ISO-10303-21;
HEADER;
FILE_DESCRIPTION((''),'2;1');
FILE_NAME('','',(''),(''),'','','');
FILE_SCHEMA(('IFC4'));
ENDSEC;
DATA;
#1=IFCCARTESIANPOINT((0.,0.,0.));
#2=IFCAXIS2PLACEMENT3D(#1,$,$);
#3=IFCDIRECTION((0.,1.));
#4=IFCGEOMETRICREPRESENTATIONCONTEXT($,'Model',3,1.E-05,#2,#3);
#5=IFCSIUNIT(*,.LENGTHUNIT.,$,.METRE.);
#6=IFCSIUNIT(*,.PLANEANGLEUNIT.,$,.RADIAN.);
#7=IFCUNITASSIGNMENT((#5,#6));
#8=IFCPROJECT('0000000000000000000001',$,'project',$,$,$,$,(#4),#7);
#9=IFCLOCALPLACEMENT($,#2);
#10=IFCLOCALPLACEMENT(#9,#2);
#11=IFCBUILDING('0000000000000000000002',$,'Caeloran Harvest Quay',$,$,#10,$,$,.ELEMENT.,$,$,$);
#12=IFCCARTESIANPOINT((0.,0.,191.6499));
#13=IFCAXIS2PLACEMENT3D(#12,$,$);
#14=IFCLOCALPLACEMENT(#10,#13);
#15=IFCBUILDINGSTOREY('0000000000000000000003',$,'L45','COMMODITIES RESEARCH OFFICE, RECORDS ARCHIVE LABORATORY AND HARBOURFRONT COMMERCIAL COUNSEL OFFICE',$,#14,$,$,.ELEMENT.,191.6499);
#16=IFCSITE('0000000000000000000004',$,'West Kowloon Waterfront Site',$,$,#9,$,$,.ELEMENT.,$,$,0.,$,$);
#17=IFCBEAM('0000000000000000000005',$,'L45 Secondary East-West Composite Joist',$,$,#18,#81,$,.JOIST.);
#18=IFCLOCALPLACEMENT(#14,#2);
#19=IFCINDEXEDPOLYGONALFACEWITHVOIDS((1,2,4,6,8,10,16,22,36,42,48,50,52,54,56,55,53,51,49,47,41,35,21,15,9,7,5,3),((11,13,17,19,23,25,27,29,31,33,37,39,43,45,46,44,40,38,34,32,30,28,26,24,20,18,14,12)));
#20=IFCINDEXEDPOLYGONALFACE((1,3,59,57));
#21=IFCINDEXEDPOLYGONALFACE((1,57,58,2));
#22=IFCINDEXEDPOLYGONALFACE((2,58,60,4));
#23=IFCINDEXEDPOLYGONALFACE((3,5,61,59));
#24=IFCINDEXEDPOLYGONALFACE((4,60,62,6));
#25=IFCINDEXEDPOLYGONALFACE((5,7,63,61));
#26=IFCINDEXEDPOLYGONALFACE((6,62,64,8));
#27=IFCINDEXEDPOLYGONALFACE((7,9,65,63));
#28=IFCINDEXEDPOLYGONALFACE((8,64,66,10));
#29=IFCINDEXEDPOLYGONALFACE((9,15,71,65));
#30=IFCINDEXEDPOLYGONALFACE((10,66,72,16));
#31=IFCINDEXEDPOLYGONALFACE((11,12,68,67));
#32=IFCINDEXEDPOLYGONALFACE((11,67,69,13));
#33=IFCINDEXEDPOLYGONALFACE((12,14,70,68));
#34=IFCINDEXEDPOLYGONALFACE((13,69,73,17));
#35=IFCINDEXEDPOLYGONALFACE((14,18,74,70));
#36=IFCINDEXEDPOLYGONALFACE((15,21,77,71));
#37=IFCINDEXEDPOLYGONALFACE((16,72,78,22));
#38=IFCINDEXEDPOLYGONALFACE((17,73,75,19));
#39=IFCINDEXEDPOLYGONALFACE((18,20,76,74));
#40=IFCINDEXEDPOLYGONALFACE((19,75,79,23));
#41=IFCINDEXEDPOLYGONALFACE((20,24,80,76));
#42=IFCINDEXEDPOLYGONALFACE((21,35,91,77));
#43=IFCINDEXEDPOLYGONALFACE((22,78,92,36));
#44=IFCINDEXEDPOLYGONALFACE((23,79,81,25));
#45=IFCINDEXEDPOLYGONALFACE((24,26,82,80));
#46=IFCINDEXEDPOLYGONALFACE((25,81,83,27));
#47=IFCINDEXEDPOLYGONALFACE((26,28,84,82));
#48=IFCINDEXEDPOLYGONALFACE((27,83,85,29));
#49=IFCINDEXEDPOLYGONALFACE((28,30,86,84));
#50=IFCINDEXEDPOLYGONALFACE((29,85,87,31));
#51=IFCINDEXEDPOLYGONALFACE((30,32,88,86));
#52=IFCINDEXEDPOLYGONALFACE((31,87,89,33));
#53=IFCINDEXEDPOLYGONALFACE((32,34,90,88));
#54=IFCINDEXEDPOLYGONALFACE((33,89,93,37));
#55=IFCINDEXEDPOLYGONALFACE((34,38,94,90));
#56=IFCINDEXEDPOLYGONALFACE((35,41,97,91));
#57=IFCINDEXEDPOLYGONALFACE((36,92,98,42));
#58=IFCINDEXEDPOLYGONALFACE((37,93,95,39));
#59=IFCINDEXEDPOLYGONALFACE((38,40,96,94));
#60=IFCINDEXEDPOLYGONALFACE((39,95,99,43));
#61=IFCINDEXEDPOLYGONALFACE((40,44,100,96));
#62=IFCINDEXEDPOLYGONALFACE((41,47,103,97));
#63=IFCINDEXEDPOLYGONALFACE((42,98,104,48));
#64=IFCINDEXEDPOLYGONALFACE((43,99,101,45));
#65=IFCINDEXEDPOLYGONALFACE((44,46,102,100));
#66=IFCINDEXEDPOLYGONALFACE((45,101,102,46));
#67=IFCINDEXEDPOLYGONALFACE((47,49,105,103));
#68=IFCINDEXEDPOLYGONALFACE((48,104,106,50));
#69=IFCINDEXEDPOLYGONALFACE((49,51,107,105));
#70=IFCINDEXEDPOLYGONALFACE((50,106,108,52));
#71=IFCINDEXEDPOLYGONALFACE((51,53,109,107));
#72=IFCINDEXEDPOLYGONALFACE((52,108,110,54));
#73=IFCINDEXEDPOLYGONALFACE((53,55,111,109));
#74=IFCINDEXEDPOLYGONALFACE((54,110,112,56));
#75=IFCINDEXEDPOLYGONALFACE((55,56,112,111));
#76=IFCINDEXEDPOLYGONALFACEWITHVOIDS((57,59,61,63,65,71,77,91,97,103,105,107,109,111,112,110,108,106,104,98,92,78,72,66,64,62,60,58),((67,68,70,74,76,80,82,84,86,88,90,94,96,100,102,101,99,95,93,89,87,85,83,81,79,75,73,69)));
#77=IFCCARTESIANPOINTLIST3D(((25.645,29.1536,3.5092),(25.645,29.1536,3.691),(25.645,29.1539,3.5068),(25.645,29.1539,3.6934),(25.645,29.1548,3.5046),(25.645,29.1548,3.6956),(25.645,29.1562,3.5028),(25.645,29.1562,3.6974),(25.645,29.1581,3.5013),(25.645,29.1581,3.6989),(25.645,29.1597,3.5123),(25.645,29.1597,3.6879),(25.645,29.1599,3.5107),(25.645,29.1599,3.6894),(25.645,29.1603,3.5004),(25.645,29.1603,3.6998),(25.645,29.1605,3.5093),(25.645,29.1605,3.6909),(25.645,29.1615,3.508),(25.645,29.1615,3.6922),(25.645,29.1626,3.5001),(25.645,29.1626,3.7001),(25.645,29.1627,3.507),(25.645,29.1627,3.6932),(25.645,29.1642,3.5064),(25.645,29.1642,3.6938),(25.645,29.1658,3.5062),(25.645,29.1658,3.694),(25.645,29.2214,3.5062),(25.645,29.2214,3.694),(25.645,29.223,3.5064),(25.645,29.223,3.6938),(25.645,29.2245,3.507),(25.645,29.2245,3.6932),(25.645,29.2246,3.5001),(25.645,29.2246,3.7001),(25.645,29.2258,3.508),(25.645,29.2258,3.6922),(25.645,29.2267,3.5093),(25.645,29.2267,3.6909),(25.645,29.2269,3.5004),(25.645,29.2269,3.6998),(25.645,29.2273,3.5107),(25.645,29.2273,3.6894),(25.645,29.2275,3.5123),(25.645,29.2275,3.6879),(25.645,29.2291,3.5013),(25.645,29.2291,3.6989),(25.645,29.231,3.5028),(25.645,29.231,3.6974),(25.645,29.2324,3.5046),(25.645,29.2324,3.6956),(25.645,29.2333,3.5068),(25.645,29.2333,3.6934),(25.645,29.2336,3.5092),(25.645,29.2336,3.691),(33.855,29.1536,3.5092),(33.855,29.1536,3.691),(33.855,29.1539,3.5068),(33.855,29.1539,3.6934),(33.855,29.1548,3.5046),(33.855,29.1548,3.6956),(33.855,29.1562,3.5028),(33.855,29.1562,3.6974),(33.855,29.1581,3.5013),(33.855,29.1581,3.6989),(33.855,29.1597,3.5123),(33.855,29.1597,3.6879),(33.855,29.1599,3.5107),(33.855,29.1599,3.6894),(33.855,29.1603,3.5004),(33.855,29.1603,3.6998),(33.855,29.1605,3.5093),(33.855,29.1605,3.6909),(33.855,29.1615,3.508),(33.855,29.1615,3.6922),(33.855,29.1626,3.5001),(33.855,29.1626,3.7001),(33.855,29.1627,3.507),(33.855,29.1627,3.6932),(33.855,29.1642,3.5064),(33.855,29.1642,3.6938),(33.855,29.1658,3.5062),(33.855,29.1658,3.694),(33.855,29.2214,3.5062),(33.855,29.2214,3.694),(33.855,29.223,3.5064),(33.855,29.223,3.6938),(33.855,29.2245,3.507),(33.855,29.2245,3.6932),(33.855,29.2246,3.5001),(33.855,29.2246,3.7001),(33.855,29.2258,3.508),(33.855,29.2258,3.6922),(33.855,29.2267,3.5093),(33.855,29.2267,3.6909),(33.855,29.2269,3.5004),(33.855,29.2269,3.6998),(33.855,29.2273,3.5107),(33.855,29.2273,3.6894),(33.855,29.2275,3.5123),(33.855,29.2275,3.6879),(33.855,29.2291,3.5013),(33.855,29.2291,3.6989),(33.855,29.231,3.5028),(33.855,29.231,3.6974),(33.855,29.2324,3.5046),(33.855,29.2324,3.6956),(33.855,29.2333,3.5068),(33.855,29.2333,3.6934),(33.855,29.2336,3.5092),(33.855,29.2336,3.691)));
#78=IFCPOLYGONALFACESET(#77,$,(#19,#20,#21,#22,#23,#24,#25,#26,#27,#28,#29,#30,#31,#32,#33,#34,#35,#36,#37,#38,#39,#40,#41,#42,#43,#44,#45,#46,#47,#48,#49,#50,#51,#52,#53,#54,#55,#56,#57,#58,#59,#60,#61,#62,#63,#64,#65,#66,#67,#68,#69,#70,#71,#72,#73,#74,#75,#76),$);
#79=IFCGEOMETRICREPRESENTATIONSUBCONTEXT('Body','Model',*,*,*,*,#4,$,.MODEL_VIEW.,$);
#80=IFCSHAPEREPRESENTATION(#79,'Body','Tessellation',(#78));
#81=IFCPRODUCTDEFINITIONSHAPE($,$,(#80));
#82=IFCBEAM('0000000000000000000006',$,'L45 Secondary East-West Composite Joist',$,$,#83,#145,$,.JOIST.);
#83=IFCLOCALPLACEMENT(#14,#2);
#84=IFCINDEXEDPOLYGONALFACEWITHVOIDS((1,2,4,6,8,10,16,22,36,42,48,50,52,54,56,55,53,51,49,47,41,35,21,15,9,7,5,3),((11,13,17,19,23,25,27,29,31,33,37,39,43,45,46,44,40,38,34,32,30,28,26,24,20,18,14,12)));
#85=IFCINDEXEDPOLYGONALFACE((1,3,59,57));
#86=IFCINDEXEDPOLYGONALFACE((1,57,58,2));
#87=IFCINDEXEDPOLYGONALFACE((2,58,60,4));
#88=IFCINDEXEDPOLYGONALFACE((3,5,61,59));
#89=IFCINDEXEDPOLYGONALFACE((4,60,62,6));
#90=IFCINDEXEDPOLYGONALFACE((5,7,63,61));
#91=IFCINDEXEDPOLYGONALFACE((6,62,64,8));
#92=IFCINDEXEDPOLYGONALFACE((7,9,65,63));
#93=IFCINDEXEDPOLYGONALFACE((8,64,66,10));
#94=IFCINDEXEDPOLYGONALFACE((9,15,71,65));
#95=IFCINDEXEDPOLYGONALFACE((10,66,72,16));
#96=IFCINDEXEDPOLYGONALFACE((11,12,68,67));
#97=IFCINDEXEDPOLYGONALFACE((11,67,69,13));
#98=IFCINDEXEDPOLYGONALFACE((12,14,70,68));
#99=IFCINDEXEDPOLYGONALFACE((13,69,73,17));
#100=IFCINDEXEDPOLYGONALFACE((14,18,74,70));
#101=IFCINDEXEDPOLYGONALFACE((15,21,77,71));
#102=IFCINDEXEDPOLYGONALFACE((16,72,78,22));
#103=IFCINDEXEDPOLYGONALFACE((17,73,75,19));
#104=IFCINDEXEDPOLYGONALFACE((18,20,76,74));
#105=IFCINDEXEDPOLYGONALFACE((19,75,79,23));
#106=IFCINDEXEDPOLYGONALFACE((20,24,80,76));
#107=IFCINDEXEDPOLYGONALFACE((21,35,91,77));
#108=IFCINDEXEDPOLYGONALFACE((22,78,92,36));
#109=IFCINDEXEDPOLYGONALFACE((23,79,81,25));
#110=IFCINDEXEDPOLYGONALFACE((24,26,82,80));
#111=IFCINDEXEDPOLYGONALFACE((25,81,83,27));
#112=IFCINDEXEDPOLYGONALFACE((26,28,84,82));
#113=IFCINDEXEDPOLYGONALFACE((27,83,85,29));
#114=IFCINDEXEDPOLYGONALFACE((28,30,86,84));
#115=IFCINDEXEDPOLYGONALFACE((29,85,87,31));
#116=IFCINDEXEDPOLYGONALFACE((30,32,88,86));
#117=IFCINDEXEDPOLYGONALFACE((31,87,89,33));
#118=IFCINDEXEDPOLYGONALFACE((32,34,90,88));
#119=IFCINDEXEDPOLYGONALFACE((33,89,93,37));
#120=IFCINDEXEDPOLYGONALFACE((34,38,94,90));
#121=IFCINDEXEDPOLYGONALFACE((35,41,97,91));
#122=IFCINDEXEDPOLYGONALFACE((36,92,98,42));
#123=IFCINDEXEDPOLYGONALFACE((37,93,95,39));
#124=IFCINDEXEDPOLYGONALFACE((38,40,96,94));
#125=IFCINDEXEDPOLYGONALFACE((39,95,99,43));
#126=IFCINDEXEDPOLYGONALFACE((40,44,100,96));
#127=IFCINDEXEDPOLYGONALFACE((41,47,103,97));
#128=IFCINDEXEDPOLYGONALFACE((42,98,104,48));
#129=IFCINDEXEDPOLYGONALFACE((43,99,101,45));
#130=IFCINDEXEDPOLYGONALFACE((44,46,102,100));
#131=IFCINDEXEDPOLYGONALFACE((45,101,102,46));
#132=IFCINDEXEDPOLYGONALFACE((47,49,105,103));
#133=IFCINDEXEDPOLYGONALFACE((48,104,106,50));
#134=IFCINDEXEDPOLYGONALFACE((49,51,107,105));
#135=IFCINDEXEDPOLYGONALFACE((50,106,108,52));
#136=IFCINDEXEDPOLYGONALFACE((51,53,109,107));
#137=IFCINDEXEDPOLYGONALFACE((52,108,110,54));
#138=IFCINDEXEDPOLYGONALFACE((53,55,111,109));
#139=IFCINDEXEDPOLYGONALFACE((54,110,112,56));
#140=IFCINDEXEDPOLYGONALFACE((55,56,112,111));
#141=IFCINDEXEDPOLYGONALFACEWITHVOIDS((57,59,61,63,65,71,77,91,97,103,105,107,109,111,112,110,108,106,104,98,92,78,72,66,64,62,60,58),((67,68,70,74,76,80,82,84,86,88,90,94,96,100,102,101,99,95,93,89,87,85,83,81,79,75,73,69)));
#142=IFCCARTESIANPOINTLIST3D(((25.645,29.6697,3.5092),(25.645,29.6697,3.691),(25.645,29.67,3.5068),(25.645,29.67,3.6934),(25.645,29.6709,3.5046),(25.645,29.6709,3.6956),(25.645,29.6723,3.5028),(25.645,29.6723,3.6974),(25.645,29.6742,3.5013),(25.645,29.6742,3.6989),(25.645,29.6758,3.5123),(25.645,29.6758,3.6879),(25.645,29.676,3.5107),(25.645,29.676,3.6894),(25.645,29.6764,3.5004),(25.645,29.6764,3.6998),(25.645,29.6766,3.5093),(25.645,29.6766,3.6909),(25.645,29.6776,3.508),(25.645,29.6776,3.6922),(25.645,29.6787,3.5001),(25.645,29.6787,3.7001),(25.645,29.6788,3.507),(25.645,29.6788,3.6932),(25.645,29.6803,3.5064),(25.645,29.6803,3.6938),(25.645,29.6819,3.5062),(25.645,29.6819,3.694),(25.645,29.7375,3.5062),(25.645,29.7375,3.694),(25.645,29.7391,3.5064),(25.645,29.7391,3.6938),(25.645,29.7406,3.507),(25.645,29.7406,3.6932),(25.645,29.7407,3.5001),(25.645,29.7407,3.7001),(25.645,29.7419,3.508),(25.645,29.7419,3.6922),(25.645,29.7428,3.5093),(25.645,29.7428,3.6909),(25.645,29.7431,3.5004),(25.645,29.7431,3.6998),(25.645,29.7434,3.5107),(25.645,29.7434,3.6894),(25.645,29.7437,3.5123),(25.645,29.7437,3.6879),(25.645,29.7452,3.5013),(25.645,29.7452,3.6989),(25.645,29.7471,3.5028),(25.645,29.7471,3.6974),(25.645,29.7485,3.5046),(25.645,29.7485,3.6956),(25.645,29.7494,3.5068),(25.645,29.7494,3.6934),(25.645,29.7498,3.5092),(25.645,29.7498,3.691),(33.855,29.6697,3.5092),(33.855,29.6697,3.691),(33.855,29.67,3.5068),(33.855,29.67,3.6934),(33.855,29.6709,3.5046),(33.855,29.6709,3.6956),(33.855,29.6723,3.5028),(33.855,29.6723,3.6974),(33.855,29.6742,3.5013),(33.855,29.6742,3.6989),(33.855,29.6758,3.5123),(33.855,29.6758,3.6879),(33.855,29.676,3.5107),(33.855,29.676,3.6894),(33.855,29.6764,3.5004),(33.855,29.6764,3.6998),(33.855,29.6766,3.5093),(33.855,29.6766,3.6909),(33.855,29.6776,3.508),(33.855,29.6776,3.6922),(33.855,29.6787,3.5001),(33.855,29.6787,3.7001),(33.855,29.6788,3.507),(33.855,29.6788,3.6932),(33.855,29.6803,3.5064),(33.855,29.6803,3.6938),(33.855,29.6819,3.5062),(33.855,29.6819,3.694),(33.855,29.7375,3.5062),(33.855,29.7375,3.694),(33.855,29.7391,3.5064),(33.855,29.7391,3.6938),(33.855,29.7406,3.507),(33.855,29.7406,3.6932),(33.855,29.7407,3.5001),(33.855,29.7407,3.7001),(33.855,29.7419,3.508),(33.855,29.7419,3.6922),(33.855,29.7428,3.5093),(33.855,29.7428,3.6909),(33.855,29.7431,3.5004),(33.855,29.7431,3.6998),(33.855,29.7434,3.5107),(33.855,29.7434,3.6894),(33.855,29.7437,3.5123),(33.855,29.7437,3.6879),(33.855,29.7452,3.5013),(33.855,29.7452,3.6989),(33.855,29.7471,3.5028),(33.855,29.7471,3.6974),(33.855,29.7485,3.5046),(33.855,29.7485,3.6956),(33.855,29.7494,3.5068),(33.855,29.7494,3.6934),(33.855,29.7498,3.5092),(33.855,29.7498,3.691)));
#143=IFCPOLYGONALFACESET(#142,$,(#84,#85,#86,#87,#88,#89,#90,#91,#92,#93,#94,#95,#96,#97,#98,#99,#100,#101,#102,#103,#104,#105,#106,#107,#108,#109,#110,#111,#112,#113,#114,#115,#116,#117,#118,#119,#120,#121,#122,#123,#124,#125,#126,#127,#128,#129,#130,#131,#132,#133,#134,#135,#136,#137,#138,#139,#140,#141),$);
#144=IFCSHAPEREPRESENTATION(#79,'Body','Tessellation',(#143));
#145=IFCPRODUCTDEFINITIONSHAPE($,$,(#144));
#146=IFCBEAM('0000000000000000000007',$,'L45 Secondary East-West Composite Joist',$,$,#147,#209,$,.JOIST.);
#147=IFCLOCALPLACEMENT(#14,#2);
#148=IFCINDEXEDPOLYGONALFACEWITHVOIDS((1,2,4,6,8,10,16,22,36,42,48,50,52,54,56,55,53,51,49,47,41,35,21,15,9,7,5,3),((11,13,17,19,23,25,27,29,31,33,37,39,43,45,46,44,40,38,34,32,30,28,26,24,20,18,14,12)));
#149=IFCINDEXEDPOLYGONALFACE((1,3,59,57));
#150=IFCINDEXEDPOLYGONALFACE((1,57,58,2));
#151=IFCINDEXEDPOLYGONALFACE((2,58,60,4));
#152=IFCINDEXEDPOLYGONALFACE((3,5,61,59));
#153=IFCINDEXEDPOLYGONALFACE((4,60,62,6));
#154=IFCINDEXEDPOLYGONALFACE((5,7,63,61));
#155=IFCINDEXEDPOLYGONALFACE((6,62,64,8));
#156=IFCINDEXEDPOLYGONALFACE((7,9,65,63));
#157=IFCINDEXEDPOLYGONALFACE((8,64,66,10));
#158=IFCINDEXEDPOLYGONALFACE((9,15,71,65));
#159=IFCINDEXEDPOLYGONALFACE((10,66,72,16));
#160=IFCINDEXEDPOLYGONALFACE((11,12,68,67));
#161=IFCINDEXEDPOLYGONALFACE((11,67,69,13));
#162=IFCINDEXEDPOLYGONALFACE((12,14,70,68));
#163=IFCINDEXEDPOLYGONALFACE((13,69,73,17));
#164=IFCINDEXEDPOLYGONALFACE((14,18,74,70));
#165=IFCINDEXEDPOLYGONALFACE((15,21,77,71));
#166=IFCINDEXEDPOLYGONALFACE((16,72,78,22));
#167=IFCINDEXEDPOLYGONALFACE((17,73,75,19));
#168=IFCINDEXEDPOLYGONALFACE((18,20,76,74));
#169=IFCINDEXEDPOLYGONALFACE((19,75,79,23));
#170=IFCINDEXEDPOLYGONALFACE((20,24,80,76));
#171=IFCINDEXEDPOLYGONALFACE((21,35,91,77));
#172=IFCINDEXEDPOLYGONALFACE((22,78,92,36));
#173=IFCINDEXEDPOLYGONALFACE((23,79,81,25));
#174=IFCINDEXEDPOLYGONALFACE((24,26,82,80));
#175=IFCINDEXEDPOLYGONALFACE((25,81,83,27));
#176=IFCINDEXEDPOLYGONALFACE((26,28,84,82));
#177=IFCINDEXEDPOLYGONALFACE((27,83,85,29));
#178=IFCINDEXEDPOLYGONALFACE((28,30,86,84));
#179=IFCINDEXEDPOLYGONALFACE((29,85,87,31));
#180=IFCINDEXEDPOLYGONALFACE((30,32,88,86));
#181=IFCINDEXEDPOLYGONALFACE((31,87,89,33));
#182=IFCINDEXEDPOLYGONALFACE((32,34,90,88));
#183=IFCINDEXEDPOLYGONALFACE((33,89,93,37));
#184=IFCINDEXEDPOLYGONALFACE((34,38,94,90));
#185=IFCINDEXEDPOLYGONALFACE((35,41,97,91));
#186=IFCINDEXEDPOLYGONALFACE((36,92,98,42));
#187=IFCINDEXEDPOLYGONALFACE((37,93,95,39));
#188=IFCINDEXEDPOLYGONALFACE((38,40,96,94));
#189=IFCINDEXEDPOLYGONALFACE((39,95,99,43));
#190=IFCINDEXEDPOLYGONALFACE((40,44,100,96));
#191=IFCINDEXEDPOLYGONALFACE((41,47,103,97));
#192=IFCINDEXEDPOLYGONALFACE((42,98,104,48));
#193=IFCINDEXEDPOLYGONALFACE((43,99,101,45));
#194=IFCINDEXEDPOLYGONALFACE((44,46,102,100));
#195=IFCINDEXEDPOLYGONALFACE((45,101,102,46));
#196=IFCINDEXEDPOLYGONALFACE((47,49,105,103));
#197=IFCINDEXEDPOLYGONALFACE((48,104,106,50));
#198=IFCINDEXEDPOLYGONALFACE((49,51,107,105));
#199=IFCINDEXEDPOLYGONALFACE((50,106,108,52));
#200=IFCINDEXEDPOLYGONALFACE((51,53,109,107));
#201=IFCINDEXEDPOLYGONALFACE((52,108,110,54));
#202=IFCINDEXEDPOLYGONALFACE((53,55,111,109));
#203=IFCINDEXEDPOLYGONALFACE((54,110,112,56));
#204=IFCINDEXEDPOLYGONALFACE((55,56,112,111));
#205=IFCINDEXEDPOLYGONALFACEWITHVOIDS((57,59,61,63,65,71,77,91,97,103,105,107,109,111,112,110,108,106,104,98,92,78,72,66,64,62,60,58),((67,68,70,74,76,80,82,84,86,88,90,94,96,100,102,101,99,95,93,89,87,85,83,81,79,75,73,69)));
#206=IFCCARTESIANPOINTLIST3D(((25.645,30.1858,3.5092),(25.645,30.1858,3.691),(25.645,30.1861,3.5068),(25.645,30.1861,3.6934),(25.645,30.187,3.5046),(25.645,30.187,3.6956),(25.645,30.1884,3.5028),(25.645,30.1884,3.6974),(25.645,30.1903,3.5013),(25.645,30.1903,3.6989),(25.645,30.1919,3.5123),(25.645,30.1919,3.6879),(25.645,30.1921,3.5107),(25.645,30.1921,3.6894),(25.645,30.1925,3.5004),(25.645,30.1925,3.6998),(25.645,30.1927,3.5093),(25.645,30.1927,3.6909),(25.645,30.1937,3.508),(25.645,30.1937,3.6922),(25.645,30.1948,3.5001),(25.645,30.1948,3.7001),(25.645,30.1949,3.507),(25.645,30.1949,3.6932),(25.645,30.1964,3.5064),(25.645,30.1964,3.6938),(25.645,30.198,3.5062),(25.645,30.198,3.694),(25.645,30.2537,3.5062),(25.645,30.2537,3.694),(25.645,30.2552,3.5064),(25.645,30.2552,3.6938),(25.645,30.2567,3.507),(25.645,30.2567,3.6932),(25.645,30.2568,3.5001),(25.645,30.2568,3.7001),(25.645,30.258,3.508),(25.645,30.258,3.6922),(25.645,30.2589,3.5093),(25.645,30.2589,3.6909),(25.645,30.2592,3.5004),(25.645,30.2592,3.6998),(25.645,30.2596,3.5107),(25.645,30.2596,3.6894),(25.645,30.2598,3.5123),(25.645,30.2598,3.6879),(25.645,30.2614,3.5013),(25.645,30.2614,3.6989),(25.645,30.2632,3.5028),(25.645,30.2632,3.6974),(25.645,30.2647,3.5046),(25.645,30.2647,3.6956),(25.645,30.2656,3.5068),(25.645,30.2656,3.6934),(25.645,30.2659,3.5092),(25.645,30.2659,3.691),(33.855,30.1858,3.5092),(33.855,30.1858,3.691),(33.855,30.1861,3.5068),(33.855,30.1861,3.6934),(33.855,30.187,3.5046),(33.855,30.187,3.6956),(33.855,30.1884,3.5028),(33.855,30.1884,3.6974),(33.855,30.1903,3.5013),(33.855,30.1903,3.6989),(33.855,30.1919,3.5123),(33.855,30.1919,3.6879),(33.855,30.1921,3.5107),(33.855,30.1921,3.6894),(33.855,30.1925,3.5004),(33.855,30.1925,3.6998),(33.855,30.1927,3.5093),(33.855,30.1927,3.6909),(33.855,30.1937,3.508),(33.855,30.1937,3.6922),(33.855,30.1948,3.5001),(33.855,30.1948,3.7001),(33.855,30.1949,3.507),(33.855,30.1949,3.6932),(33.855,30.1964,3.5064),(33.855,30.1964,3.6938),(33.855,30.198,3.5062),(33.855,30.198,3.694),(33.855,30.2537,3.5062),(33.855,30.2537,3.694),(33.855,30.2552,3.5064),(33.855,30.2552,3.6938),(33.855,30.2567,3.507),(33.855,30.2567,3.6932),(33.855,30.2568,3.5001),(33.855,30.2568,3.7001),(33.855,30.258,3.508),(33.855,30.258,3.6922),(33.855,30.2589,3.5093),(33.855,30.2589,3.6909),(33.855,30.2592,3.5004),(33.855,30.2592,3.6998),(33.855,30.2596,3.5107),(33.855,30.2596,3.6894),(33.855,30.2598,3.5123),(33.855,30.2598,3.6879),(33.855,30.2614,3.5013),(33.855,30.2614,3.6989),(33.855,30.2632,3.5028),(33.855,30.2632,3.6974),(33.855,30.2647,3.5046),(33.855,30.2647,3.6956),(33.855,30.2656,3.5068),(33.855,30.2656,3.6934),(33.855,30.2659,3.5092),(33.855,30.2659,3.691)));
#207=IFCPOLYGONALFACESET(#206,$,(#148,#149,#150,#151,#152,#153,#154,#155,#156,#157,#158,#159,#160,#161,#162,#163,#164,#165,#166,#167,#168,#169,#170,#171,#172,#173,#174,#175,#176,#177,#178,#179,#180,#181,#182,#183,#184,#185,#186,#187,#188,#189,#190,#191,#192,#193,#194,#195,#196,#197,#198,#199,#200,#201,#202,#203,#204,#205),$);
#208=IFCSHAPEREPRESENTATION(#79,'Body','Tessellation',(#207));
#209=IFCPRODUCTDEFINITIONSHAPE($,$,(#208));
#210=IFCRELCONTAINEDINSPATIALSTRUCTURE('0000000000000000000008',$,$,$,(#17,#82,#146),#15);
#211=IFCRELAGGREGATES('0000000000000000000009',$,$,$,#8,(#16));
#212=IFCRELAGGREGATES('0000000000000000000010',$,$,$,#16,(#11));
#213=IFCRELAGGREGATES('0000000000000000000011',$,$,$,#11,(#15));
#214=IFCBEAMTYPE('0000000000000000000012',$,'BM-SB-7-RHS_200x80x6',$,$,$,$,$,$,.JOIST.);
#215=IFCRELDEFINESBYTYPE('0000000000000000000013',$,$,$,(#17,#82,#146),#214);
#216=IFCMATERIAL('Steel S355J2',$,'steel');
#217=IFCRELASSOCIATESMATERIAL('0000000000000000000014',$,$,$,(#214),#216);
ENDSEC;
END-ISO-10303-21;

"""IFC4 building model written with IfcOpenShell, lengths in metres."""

from ifc_helpers import new_model, si_unit, direction, frame, origin, origin_2d, place, context, subcontext, project, spatial, hollow_rectangle, extrude, material, material_profile, profile_set, type_object, element, save


model = new_model("IFC4")

# Units and contexts
model_context = context("Model", 3, precision=1e-05, world=origin(), true_north=direction((0.0, 1.0)))
body_context = subcontext(model_context, "Body", "Model", "MODEL_VIEW")
ifc_project = project(units=[si_unit("LENGTHUNIT", "METRE"), si_unit("PLANEANGLEUNIT", "RADIAN")], contexts=[model_context])

# Site, building, storey
site_placement = place(None, origin())
site = spatial("IfcSite", under=ifc_project, at=site_placement, Name="West Kowloon Waterfront Site", CompositionType="ELEMENT", RefElevation=0.0)
building_placement = place(site_placement, origin())
building = spatial("IfcBuilding", under=site, at=building_placement, Name="Caeloran Harvest Quay", CompositionType="ELEMENT")
storey_placement = place(building_placement, frame((0.0, 0.0, 191.6499)))
storey = spatial("IfcBuildingStorey", under=building, at=storey_placement, Name="L45", Description="COMMODITIES RESEARCH OFFICE, RECORDS ARCHIVE LABORATORY AND HARBOURFRONT COMMERCIAL COUNSEL OFFICE", CompositionType="ELEMENT", Elevation=191.6499)

# Beams
ifc_material_1 = material(Name="Steel S355J2", Category="steel")
ifc_material_profile_1 = material_profile(ifc_material_1, hollow_rectangle(XDim=0.0801, YDim=0.2, WallThickness=0.0061, InnerFilletRadius=0.0061, OuterFilletRadius=0.009, at=origin_2d()), Name="RHS 200x80x6")
ifc_profile_set_1 = profile_set([ifc_material_profile_1], Name="Steel S355J2")
beam_type_1 = type_object("IfcBeamType", Name="BM-SB-7-RHS_200x80x6", PredefinedType="JOIST", material=ifc_profile_set_1)
for number, where, z_axis, x_axis, name in (
    (1, (25.645, 29.1936, 3.6001), (1.0, 0.0, 0.0), (0.0, 1.0, 0.0), "L45 Secondary East-West Composite Joist"),
    (2, (25.645, 29.7097, 3.6001), (1.0, 0.0, 0.0), (0.0, 1.0, 0.0), "L45 Secondary East-West Composite Joist"),
    (3, (25.645, 30.2258, 3.6001), (1.0, 0.0, 0.0), (0.0, 1.0, 0.0), "L45 Secondary East-West Composite Joist"),
):
    element("IfcBeam", number, at=place(storey_placement, frame(where, z_axis=z_axis, x_axis=x_axis)), inside=storey, type_object=beam_type_1, Name=name, PredefinedType="JOIST", context=body_context, shape_type="SweptSolid", body=[
        extrude(hollow_rectangle(XDim=0.0801, YDim=0.2, WallThickness=0.0061, InnerFilletRadius=0.0061, OuterFilletRadius=0.009, at=origin_2d()), origin(), (0.0, 0.0, 1.0), 8.21),
    ])

save(model, "model.ifc")
